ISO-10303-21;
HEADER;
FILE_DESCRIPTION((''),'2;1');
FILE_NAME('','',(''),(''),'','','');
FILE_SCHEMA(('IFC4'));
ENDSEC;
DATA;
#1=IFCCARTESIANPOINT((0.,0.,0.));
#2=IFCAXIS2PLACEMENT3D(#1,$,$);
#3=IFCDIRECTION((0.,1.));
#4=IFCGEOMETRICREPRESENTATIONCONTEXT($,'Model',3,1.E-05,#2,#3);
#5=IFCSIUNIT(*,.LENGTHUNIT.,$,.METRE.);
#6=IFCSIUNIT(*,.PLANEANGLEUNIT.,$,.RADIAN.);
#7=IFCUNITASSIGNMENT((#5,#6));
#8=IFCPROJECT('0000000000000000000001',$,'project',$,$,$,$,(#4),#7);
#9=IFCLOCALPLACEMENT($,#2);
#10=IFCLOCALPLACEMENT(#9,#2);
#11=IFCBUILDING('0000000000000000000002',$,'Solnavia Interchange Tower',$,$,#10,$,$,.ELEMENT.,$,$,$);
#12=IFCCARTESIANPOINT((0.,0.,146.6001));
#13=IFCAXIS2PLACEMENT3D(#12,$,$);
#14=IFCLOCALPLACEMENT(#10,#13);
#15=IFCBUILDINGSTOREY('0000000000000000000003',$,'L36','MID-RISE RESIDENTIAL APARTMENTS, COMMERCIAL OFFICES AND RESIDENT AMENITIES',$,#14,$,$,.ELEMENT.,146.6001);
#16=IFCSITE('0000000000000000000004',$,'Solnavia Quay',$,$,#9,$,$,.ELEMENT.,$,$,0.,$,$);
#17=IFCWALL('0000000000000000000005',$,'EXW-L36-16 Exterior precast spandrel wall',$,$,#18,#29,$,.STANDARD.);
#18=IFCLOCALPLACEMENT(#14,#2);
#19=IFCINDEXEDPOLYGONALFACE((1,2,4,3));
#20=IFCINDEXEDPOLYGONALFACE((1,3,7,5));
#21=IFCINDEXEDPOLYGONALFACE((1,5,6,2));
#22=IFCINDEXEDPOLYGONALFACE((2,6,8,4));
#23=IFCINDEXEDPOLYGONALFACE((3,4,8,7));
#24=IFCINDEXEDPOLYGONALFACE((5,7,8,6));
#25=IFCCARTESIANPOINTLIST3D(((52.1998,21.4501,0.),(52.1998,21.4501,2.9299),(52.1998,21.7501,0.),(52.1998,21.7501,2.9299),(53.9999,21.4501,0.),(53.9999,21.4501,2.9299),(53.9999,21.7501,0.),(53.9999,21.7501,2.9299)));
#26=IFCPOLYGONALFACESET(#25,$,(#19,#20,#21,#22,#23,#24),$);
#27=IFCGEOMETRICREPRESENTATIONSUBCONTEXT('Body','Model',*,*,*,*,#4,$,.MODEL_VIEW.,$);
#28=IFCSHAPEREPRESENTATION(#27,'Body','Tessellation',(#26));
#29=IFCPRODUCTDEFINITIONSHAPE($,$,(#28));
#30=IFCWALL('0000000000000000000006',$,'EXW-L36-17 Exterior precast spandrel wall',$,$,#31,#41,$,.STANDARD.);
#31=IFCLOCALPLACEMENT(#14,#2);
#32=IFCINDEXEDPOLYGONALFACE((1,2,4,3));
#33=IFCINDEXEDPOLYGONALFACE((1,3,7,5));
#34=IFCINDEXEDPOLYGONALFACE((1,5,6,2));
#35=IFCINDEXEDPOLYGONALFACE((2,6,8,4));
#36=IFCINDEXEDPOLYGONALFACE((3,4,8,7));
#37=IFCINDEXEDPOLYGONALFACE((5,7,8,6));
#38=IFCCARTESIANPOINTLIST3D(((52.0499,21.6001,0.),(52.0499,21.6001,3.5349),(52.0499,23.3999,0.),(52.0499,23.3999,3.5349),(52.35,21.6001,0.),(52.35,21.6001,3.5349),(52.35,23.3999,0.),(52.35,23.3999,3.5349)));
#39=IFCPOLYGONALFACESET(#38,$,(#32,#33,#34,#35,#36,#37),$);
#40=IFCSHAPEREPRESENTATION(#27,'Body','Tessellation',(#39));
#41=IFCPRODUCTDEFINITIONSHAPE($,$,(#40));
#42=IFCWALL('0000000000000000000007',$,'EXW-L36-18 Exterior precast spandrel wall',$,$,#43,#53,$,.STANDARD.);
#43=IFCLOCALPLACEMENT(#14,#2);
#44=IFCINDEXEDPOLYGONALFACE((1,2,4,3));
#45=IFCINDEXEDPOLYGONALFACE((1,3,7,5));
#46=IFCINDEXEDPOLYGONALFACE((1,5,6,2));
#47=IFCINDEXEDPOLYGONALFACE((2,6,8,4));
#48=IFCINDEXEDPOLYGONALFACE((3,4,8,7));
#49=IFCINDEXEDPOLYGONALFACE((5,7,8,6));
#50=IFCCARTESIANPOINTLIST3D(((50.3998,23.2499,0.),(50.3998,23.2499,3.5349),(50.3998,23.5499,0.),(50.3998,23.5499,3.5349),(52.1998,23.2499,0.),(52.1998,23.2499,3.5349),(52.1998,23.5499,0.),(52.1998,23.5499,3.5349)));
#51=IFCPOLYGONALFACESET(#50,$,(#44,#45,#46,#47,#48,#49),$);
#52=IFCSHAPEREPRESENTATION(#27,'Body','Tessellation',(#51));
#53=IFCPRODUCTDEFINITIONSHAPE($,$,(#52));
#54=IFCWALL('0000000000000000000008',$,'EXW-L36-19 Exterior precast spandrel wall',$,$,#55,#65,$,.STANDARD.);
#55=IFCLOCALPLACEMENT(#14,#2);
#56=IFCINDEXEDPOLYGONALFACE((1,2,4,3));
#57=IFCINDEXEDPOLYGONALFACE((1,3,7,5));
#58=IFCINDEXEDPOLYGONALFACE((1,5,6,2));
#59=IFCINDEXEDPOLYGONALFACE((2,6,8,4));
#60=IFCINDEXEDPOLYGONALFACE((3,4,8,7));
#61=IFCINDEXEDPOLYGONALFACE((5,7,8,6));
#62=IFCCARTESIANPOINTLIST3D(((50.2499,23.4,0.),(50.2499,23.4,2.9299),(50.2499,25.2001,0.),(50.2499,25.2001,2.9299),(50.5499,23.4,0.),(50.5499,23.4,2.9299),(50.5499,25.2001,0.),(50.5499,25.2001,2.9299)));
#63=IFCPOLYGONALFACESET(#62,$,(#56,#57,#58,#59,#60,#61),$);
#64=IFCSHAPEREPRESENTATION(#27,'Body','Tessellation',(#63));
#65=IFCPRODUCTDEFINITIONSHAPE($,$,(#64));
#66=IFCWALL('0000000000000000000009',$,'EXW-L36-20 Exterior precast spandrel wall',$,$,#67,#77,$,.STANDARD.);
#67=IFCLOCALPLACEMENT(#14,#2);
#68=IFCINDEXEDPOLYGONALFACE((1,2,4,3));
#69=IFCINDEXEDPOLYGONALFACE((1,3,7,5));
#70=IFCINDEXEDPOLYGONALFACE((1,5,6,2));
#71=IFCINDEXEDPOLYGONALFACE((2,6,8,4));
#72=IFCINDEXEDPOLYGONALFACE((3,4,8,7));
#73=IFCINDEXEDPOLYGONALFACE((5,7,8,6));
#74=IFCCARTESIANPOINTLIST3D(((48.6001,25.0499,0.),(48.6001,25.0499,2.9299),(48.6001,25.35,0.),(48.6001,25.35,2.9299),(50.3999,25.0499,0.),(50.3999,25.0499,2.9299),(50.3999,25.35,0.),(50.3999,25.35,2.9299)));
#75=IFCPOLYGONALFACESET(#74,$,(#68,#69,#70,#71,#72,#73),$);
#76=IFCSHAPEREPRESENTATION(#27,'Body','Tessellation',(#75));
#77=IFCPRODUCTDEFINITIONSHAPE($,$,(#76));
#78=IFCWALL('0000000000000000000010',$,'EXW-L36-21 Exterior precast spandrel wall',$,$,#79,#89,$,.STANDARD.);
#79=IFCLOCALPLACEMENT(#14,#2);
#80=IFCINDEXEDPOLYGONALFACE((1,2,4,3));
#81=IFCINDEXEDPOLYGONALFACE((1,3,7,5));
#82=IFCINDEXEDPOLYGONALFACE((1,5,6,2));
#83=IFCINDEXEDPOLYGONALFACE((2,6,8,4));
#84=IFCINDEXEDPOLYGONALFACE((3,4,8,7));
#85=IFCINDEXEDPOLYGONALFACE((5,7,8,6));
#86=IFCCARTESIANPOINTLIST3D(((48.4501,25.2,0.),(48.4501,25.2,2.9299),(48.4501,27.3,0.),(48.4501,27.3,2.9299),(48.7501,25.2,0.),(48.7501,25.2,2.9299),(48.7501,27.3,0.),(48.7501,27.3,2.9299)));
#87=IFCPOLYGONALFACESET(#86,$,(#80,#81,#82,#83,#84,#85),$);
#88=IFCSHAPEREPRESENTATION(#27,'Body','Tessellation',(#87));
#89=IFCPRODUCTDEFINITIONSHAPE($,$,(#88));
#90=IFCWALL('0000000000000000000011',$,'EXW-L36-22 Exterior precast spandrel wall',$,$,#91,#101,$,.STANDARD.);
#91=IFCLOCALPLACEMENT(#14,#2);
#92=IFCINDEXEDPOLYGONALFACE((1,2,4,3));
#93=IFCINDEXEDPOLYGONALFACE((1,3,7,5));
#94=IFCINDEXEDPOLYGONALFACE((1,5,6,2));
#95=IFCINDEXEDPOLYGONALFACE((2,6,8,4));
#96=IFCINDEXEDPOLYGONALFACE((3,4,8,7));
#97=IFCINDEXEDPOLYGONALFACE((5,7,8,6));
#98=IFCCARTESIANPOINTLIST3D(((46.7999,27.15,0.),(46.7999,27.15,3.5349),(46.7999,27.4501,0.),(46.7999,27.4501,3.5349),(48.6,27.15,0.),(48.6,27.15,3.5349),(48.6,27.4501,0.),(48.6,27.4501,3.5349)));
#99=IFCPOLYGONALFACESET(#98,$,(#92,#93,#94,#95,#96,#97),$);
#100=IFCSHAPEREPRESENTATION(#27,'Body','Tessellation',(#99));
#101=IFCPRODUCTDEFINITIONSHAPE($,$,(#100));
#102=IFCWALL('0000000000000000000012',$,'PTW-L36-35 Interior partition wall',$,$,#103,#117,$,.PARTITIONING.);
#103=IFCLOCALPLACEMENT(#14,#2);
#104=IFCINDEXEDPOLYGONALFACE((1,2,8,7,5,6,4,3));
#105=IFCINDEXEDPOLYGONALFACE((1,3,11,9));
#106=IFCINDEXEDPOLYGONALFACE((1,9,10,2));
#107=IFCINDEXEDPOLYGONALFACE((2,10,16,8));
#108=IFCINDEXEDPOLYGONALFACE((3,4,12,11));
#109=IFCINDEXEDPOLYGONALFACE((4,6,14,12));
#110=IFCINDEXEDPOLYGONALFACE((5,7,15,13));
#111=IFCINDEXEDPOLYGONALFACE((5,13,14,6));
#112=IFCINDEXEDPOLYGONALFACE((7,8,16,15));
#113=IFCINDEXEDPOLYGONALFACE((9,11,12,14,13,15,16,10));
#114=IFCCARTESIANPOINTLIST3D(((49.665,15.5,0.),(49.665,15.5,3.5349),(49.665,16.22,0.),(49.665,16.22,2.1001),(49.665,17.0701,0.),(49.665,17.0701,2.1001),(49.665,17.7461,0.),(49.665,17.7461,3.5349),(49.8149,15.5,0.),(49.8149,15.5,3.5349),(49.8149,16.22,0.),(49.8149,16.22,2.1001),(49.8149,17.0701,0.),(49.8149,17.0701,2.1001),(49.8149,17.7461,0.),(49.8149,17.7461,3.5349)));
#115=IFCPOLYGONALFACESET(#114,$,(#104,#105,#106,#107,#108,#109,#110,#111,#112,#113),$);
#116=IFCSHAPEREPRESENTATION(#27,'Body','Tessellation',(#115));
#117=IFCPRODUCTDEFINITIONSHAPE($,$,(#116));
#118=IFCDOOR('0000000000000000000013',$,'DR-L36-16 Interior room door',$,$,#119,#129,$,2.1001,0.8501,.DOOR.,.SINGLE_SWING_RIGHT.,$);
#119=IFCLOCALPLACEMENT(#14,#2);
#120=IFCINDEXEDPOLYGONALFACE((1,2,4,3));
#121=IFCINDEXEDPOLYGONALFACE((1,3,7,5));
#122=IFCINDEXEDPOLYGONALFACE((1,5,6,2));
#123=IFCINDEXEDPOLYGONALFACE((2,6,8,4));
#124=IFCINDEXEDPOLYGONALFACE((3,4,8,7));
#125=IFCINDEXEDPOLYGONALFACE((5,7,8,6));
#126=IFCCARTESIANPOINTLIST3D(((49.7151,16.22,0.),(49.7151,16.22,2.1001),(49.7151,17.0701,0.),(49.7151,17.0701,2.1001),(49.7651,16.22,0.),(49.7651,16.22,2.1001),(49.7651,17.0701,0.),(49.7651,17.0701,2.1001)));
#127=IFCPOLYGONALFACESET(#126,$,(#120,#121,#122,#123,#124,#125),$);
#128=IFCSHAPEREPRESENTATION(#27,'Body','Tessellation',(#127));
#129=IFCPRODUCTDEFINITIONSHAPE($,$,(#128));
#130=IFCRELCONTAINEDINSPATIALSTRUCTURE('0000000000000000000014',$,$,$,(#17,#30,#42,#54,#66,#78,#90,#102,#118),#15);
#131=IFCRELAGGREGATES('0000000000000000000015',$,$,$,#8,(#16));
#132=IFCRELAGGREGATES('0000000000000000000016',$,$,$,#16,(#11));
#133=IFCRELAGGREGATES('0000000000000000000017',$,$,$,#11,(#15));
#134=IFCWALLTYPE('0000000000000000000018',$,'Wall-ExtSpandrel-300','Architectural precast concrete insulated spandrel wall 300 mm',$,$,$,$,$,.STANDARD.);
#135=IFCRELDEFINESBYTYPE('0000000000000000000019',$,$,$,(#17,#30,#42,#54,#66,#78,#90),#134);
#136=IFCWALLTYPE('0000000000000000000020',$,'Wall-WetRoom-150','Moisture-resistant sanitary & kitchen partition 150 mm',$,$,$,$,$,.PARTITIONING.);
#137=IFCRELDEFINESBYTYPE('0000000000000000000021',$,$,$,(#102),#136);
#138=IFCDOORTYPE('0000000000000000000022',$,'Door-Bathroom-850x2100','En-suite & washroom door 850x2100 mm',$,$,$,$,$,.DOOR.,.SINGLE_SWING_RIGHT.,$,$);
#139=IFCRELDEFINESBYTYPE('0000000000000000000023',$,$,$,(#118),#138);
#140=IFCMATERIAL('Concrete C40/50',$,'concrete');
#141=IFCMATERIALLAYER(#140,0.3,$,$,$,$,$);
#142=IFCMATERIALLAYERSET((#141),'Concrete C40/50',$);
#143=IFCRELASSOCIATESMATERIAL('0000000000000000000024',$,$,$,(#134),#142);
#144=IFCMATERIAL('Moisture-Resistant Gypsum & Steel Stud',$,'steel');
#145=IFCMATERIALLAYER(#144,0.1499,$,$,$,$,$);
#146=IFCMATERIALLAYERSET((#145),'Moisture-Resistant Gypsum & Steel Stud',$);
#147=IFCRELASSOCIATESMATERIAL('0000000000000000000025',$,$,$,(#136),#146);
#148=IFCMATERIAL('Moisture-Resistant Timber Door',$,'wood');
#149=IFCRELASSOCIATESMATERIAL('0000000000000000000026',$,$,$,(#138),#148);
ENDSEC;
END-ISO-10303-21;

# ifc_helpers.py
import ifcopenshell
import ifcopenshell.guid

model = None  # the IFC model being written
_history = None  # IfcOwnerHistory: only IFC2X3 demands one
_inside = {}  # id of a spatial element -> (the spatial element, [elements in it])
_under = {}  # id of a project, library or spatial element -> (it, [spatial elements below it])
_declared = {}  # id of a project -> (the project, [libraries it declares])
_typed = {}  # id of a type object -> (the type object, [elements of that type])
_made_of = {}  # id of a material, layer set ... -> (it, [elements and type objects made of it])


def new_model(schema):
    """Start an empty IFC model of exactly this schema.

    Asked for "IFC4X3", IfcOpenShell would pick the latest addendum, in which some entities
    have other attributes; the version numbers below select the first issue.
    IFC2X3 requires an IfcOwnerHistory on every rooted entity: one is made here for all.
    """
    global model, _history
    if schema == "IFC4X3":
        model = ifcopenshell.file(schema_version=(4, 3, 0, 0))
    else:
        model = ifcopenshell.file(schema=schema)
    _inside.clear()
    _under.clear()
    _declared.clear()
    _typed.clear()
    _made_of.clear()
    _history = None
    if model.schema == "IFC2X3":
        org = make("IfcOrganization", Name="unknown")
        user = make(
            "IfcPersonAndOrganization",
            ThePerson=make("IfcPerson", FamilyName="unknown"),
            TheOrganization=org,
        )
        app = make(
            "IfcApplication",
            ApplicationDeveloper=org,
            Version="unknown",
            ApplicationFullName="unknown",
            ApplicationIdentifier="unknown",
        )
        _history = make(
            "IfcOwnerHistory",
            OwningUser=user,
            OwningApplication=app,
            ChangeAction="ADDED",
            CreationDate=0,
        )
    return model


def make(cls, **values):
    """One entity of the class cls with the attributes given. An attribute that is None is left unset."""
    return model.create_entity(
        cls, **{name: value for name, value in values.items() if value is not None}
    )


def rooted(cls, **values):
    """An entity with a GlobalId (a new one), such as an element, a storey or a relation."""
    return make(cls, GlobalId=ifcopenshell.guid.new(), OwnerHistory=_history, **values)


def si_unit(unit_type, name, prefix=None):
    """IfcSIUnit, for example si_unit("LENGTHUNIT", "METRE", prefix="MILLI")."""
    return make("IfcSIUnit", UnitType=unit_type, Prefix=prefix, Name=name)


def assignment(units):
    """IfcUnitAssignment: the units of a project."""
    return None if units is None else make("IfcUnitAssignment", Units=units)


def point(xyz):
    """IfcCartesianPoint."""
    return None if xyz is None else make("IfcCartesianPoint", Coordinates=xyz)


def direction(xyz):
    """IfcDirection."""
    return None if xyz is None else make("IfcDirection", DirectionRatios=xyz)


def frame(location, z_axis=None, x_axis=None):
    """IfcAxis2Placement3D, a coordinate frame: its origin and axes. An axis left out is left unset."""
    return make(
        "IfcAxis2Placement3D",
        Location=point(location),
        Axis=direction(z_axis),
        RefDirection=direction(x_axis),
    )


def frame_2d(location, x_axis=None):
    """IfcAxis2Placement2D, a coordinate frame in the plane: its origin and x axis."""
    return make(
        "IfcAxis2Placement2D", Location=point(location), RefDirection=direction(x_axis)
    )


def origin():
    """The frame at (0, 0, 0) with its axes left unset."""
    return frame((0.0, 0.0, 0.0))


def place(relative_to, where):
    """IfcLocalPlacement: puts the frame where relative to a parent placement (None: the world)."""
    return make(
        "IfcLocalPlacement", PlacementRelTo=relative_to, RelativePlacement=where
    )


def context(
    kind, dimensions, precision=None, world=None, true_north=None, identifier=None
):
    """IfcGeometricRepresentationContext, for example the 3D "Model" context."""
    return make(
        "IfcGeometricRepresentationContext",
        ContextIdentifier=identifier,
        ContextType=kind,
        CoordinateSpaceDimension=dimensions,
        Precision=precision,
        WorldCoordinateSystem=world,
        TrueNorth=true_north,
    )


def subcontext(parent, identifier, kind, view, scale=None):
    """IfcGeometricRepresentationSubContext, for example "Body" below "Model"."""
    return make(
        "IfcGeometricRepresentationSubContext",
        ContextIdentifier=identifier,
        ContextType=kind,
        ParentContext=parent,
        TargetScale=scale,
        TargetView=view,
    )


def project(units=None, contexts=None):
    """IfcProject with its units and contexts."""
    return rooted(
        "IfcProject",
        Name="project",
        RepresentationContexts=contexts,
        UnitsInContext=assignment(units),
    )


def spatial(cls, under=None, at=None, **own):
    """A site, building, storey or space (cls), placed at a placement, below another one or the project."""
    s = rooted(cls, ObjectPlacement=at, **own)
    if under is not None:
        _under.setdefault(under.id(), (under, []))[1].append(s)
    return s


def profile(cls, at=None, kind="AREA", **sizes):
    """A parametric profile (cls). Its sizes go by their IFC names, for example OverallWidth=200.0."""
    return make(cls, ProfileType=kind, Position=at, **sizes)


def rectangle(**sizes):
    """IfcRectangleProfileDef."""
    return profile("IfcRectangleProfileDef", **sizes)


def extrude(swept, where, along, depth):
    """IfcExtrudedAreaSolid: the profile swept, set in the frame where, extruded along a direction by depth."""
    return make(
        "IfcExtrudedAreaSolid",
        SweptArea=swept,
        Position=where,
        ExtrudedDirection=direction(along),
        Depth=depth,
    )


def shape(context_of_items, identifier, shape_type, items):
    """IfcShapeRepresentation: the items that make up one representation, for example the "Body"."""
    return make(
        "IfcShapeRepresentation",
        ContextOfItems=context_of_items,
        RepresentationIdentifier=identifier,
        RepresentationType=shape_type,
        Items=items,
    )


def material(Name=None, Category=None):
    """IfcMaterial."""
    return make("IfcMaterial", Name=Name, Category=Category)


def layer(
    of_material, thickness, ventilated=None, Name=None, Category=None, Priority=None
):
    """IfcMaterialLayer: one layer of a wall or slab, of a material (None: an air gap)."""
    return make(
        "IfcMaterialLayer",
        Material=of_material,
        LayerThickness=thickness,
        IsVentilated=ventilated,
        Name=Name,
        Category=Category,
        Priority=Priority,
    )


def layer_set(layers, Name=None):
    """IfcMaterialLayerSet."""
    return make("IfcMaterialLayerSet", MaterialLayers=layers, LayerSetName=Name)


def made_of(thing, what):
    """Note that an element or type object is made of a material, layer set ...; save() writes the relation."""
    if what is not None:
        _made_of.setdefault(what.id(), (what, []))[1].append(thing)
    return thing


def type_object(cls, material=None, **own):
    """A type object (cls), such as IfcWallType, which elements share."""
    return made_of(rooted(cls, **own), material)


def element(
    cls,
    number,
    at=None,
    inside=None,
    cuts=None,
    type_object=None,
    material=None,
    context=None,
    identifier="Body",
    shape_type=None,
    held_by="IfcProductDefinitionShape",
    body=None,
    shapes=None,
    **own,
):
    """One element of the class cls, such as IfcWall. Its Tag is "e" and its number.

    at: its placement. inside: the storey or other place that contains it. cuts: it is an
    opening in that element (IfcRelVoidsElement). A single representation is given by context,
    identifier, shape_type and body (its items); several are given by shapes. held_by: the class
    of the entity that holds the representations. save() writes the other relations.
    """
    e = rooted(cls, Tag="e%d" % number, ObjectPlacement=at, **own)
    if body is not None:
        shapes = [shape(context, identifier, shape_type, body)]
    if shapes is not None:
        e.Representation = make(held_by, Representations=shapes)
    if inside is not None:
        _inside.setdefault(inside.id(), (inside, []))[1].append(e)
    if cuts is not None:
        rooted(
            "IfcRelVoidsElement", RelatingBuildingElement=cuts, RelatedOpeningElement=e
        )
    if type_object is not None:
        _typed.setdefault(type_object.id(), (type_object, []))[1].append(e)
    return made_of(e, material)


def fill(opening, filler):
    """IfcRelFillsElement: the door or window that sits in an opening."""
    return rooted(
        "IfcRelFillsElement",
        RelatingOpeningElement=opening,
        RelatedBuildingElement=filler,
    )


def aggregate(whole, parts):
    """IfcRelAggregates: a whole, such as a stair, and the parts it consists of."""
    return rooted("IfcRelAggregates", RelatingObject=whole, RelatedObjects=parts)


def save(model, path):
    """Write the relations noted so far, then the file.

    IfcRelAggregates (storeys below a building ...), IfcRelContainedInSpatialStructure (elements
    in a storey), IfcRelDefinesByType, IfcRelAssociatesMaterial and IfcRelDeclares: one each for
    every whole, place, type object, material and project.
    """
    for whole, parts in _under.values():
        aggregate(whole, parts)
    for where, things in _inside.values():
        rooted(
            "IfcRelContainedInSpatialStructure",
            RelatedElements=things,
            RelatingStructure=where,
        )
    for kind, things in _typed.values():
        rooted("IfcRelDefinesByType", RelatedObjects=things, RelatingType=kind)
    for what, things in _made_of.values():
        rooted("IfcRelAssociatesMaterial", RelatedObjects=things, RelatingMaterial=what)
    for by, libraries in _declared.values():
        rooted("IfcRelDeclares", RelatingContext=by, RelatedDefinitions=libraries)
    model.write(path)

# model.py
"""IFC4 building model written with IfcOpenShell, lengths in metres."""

from ifc_helpers import new_model, si_unit, direction, frame, frame_2d, origin, place, context, subcontext, project, spatial, rectangle, extrude, material, layer, layer_set, type_object, element, fill, save


model = new_model("IFC4")

# Units and contexts
model_context = context("Model", 3, precision=1e-05, world=origin(), true_north=direction((0.0, 1.0)))
body_context = subcontext(model_context, "Body", "Model", "MODEL_VIEW")
ifc_project = project(units=[si_unit("LENGTHUNIT", "METRE"), si_unit("PLANEANGLEUNIT", "RADIAN")], contexts=[model_context])

# Site, building, storey
site_placement = place(None, origin())
site = spatial("IfcSite", under=ifc_project, at=site_placement, Name="Solnavia Quay", CompositionType="ELEMENT", RefElevation=0.0)
building_placement = place(site_placement, origin())
building = spatial("IfcBuilding", under=site, at=building_placement, Name="Solnavia Interchange Tower", CompositionType="ELEMENT")
storey_placement = place(building_placement, frame((0.0, 0.0, 146.6001)))
storey = spatial("IfcBuildingStorey", under=building, at=storey_placement, Name="L36", Description="MID-RISE RESIDENTIAL APARTMENTS, COMMERCIAL OFFICES AND RESIDENT AMENITIES", CompositionType="ELEMENT", Elevation=146.6001)

# Shared definitions
ifc_material_1 = material(Name="Concrete C40/50", Category="concrete")
ifc_layer_1 = layer(ifc_material_1, 0.3)
ifc_layer_set_1 = layer_set([ifc_layer_1], Name="Concrete C40/50")
wall_type_1 = type_object("IfcWallType", Name="Wall-ExtSpandrel-300", Description="Architectural precast concrete insulated spandrel wall 300 mm", PredefinedType="STANDARD", material=ifc_layer_set_1)

# Walls
wall_1_placement = place(storey_placement, frame((52.2, 21.6001, 0.0), z_axis=(0.0, 0.0, 1.0), x_axis=(1.0, 0.0, 0.0)))
element("IfcWall", 1, at=wall_1_placement, inside=storey, type_object=wall_type_1, Name="EXW-L36-16 Exterior precast spandrel wall", PredefinedType="STANDARD", context=body_context, shape_type="SweptSolid", body=[
    extrude(rectangle(XDim=1.8, YDim=0.3, at=frame_2d((0.8999, 0.0))), origin(), (0.0, 0.0, 1.0), 2.9299),
])
wall_2_placement = place(storey_placement, frame((52.2, 23.3999, 0.0), z_axis=(0.0, 0.0, 1.0), x_axis=(0.0, -1.0, 0.0)))
element("IfcWall", 2, at=wall_2_placement, inside=storey, type_object=wall_type_1, Name="EXW-L36-17 Exterior precast spandrel wall", PredefinedType="STANDARD", context=body_context, shape_type="SweptSolid", body=[
    extrude(rectangle(XDim=1.7998, YDim=0.3, at=frame_2d((0.8999, 0.0))), origin(), (0.0, 0.0, 1.0), 3.5349),
])
wall_3_placement = place(storey_placement, frame((50.3999, 23.3999, 0.0), z_axis=(0.0, 0.0, 1.0), x_axis=(1.0, 0.0, 0.0)))
element("IfcWall", 3, at=wall_3_placement, inside=storey, type_object=wall_type_1, Name="EXW-L36-18 Exterior precast spandrel wall", PredefinedType="STANDARD", context=body_context, shape_type="SweptSolid", body=[
    extrude(rectangle(XDim=1.8, YDim=0.3, at=frame_2d((0.8999, 0.0))), origin(), (0.0, 0.0, 1.0), 3.5349),
])
wall_4_placement = place(storey_placement, frame((50.3999, 25.2, 0.0), z_axis=(0.0, 0.0, 1.0), x_axis=(0.0, -1.0, 0.0)))
element("IfcWall", 4, at=wall_4_placement, inside=storey, type_object=wall_type_1, Name="EXW-L36-19 Exterior precast spandrel wall", PredefinedType="STANDARD", context=body_context, shape_type="SweptSolid", body=[
    extrude(rectangle(XDim=1.8, YDim=0.3, at=frame_2d((0.8999, 0.0))), origin(), (0.0, 0.0, 1.0), 2.9299),
])
wall_5_placement = place(storey_placement, frame((48.6001, 25.2, 0.0), z_axis=(0.0, 0.0, 1.0), x_axis=(1.0, 0.0, 0.0)))
element("IfcWall", 5, at=wall_5_placement, inside=storey, type_object=wall_type_1, Name="EXW-L36-20 Exterior precast spandrel wall", PredefinedType="STANDARD", context=body_context, shape_type="SweptSolid", body=[
    extrude(rectangle(XDim=1.7998, YDim=0.3, at=frame_2d((0.8999, 0.0))), origin(), (0.0, 0.0, 1.0), 2.9299),
])
wall_6_placement = place(storey_placement, frame((48.6001, 27.3, 0.0), z_axis=(0.0, 0.0, 1.0), x_axis=(0.0, -1.0, 0.0)))
element("IfcWall", 6, at=wall_6_placement, inside=storey, type_object=wall_type_1, Name="EXW-L36-21 Exterior precast spandrel wall", PredefinedType="STANDARD", context=body_context, shape_type="SweptSolid", body=[
    extrude(rectangle(XDim=2.1001, YDim=0.3, at=frame_2d((1.05, 0.0))), origin(), (0.0, 0.0, 1.0), 2.9299),
])
wall_7_placement = place(storey_placement, frame((46.8, 27.3, 0.0), z_axis=(0.0, 0.0, 1.0), x_axis=(1.0, 0.0, 0.0)))
element("IfcWall", 7, at=wall_7_placement, inside=storey, type_object=wall_type_1, Name="EXW-L36-22 Exterior precast spandrel wall", PredefinedType="STANDARD", context=body_context, shape_type="SweptSolid", body=[
    extrude(rectangle(XDim=1.8, YDim=0.3, at=frame_2d((0.8999, 0.0))), origin(), (0.0, 0.0, 1.0), 3.5349),
])

# Wall, opening, door
ifc_material_2 = material(Name="Moisture-Resistant Gypsum & Steel Stud", Category="steel")
ifc_layer_2 = layer(ifc_material_2, 0.1499)
ifc_layer_set_2 = layer_set([ifc_layer_2], Name="Moisture-Resistant Gypsum & Steel Stud")
wall_type_2 = type_object("IfcWallType", Name="Wall-WetRoom-150", Description="Moisture-resistant sanitary & kitchen partition 150 mm", PredefinedType="PARTITIONING", material=ifc_layer_set_2)
wall_8_placement = place(storey_placement, frame((49.74, 15.5, 0.0), z_axis=(0.0, 0.0, 1.0), x_axis=(0.0, 1.0, 0.0)))
wall_8 = element("IfcWall", 8, at=wall_8_placement, inside=storey, type_object=wall_type_2, Name="PTW-L36-35 Interior partition wall", PredefinedType="PARTITIONING", context=body_context, shape_type="SweptSolid", body=[
    extrude(rectangle(XDim=2.2461, YDim=0.1499, at=frame_2d((1.123, 0.0))), origin(), (0.0, 0.0, 1.0), 3.5349),
])
opening_1_placement = place(wall_8_placement, frame((0.72, 0.0, 0.0)))
opening_1 = element("IfcOpeningElement", 9, at=opening_1_placement, cuts=wall_8, PredefinedType="OPENING", context=body_context, shape_type="SweptSolid", body=[
    extrude(rectangle(XDim=0.8501, YDim=2.1001, at=frame_2d((0.425, 1.05))), frame((0.0, 0.085, 0.0), z_axis=(0.0, -1.0, 0.0), x_axis=(1.0, 0.0, 0.0)), (0.0, 0.0, 1.0), 0.1699),
])
ifc_material_3 = material(Name="Moisture-Resistant Timber Door", Category="wood")
door_type_1 = type_object("IfcDoorType", Name="Door-Bathroom-850x2100", Description="En-suite & washroom door 850x2100 mm", OperationType="SINGLE_SWING_RIGHT", PredefinedType="DOOR", material=ifc_material_3)
door_1_placement = place(opening_1_placement, origin())
door_1 = element("IfcDoor", 10, at=door_1_placement, inside=storey, type_object=door_type_1, Name="DR-L36-16 Interior room door", OperationType="SINGLE_SWING_RIGHT", OverallHeight=2.1001, OverallWidth=0.8501, PredefinedType="DOOR", context=body_context, shape_type="SweptSolid", body=[
    extrude(rectangle(XDim=0.8501, YDim=2.1001, at=frame_2d((0.425, 1.05))), frame((0.0, 0.0249, 0.0), z_axis=(0.0, -1.0, 0.0), x_axis=(1.0, 0.0, 0.0)), (0.0, 0.0, 1.0), 0.05),
])
fill(opening_1, door_1)

save(model, "model.ifc")
